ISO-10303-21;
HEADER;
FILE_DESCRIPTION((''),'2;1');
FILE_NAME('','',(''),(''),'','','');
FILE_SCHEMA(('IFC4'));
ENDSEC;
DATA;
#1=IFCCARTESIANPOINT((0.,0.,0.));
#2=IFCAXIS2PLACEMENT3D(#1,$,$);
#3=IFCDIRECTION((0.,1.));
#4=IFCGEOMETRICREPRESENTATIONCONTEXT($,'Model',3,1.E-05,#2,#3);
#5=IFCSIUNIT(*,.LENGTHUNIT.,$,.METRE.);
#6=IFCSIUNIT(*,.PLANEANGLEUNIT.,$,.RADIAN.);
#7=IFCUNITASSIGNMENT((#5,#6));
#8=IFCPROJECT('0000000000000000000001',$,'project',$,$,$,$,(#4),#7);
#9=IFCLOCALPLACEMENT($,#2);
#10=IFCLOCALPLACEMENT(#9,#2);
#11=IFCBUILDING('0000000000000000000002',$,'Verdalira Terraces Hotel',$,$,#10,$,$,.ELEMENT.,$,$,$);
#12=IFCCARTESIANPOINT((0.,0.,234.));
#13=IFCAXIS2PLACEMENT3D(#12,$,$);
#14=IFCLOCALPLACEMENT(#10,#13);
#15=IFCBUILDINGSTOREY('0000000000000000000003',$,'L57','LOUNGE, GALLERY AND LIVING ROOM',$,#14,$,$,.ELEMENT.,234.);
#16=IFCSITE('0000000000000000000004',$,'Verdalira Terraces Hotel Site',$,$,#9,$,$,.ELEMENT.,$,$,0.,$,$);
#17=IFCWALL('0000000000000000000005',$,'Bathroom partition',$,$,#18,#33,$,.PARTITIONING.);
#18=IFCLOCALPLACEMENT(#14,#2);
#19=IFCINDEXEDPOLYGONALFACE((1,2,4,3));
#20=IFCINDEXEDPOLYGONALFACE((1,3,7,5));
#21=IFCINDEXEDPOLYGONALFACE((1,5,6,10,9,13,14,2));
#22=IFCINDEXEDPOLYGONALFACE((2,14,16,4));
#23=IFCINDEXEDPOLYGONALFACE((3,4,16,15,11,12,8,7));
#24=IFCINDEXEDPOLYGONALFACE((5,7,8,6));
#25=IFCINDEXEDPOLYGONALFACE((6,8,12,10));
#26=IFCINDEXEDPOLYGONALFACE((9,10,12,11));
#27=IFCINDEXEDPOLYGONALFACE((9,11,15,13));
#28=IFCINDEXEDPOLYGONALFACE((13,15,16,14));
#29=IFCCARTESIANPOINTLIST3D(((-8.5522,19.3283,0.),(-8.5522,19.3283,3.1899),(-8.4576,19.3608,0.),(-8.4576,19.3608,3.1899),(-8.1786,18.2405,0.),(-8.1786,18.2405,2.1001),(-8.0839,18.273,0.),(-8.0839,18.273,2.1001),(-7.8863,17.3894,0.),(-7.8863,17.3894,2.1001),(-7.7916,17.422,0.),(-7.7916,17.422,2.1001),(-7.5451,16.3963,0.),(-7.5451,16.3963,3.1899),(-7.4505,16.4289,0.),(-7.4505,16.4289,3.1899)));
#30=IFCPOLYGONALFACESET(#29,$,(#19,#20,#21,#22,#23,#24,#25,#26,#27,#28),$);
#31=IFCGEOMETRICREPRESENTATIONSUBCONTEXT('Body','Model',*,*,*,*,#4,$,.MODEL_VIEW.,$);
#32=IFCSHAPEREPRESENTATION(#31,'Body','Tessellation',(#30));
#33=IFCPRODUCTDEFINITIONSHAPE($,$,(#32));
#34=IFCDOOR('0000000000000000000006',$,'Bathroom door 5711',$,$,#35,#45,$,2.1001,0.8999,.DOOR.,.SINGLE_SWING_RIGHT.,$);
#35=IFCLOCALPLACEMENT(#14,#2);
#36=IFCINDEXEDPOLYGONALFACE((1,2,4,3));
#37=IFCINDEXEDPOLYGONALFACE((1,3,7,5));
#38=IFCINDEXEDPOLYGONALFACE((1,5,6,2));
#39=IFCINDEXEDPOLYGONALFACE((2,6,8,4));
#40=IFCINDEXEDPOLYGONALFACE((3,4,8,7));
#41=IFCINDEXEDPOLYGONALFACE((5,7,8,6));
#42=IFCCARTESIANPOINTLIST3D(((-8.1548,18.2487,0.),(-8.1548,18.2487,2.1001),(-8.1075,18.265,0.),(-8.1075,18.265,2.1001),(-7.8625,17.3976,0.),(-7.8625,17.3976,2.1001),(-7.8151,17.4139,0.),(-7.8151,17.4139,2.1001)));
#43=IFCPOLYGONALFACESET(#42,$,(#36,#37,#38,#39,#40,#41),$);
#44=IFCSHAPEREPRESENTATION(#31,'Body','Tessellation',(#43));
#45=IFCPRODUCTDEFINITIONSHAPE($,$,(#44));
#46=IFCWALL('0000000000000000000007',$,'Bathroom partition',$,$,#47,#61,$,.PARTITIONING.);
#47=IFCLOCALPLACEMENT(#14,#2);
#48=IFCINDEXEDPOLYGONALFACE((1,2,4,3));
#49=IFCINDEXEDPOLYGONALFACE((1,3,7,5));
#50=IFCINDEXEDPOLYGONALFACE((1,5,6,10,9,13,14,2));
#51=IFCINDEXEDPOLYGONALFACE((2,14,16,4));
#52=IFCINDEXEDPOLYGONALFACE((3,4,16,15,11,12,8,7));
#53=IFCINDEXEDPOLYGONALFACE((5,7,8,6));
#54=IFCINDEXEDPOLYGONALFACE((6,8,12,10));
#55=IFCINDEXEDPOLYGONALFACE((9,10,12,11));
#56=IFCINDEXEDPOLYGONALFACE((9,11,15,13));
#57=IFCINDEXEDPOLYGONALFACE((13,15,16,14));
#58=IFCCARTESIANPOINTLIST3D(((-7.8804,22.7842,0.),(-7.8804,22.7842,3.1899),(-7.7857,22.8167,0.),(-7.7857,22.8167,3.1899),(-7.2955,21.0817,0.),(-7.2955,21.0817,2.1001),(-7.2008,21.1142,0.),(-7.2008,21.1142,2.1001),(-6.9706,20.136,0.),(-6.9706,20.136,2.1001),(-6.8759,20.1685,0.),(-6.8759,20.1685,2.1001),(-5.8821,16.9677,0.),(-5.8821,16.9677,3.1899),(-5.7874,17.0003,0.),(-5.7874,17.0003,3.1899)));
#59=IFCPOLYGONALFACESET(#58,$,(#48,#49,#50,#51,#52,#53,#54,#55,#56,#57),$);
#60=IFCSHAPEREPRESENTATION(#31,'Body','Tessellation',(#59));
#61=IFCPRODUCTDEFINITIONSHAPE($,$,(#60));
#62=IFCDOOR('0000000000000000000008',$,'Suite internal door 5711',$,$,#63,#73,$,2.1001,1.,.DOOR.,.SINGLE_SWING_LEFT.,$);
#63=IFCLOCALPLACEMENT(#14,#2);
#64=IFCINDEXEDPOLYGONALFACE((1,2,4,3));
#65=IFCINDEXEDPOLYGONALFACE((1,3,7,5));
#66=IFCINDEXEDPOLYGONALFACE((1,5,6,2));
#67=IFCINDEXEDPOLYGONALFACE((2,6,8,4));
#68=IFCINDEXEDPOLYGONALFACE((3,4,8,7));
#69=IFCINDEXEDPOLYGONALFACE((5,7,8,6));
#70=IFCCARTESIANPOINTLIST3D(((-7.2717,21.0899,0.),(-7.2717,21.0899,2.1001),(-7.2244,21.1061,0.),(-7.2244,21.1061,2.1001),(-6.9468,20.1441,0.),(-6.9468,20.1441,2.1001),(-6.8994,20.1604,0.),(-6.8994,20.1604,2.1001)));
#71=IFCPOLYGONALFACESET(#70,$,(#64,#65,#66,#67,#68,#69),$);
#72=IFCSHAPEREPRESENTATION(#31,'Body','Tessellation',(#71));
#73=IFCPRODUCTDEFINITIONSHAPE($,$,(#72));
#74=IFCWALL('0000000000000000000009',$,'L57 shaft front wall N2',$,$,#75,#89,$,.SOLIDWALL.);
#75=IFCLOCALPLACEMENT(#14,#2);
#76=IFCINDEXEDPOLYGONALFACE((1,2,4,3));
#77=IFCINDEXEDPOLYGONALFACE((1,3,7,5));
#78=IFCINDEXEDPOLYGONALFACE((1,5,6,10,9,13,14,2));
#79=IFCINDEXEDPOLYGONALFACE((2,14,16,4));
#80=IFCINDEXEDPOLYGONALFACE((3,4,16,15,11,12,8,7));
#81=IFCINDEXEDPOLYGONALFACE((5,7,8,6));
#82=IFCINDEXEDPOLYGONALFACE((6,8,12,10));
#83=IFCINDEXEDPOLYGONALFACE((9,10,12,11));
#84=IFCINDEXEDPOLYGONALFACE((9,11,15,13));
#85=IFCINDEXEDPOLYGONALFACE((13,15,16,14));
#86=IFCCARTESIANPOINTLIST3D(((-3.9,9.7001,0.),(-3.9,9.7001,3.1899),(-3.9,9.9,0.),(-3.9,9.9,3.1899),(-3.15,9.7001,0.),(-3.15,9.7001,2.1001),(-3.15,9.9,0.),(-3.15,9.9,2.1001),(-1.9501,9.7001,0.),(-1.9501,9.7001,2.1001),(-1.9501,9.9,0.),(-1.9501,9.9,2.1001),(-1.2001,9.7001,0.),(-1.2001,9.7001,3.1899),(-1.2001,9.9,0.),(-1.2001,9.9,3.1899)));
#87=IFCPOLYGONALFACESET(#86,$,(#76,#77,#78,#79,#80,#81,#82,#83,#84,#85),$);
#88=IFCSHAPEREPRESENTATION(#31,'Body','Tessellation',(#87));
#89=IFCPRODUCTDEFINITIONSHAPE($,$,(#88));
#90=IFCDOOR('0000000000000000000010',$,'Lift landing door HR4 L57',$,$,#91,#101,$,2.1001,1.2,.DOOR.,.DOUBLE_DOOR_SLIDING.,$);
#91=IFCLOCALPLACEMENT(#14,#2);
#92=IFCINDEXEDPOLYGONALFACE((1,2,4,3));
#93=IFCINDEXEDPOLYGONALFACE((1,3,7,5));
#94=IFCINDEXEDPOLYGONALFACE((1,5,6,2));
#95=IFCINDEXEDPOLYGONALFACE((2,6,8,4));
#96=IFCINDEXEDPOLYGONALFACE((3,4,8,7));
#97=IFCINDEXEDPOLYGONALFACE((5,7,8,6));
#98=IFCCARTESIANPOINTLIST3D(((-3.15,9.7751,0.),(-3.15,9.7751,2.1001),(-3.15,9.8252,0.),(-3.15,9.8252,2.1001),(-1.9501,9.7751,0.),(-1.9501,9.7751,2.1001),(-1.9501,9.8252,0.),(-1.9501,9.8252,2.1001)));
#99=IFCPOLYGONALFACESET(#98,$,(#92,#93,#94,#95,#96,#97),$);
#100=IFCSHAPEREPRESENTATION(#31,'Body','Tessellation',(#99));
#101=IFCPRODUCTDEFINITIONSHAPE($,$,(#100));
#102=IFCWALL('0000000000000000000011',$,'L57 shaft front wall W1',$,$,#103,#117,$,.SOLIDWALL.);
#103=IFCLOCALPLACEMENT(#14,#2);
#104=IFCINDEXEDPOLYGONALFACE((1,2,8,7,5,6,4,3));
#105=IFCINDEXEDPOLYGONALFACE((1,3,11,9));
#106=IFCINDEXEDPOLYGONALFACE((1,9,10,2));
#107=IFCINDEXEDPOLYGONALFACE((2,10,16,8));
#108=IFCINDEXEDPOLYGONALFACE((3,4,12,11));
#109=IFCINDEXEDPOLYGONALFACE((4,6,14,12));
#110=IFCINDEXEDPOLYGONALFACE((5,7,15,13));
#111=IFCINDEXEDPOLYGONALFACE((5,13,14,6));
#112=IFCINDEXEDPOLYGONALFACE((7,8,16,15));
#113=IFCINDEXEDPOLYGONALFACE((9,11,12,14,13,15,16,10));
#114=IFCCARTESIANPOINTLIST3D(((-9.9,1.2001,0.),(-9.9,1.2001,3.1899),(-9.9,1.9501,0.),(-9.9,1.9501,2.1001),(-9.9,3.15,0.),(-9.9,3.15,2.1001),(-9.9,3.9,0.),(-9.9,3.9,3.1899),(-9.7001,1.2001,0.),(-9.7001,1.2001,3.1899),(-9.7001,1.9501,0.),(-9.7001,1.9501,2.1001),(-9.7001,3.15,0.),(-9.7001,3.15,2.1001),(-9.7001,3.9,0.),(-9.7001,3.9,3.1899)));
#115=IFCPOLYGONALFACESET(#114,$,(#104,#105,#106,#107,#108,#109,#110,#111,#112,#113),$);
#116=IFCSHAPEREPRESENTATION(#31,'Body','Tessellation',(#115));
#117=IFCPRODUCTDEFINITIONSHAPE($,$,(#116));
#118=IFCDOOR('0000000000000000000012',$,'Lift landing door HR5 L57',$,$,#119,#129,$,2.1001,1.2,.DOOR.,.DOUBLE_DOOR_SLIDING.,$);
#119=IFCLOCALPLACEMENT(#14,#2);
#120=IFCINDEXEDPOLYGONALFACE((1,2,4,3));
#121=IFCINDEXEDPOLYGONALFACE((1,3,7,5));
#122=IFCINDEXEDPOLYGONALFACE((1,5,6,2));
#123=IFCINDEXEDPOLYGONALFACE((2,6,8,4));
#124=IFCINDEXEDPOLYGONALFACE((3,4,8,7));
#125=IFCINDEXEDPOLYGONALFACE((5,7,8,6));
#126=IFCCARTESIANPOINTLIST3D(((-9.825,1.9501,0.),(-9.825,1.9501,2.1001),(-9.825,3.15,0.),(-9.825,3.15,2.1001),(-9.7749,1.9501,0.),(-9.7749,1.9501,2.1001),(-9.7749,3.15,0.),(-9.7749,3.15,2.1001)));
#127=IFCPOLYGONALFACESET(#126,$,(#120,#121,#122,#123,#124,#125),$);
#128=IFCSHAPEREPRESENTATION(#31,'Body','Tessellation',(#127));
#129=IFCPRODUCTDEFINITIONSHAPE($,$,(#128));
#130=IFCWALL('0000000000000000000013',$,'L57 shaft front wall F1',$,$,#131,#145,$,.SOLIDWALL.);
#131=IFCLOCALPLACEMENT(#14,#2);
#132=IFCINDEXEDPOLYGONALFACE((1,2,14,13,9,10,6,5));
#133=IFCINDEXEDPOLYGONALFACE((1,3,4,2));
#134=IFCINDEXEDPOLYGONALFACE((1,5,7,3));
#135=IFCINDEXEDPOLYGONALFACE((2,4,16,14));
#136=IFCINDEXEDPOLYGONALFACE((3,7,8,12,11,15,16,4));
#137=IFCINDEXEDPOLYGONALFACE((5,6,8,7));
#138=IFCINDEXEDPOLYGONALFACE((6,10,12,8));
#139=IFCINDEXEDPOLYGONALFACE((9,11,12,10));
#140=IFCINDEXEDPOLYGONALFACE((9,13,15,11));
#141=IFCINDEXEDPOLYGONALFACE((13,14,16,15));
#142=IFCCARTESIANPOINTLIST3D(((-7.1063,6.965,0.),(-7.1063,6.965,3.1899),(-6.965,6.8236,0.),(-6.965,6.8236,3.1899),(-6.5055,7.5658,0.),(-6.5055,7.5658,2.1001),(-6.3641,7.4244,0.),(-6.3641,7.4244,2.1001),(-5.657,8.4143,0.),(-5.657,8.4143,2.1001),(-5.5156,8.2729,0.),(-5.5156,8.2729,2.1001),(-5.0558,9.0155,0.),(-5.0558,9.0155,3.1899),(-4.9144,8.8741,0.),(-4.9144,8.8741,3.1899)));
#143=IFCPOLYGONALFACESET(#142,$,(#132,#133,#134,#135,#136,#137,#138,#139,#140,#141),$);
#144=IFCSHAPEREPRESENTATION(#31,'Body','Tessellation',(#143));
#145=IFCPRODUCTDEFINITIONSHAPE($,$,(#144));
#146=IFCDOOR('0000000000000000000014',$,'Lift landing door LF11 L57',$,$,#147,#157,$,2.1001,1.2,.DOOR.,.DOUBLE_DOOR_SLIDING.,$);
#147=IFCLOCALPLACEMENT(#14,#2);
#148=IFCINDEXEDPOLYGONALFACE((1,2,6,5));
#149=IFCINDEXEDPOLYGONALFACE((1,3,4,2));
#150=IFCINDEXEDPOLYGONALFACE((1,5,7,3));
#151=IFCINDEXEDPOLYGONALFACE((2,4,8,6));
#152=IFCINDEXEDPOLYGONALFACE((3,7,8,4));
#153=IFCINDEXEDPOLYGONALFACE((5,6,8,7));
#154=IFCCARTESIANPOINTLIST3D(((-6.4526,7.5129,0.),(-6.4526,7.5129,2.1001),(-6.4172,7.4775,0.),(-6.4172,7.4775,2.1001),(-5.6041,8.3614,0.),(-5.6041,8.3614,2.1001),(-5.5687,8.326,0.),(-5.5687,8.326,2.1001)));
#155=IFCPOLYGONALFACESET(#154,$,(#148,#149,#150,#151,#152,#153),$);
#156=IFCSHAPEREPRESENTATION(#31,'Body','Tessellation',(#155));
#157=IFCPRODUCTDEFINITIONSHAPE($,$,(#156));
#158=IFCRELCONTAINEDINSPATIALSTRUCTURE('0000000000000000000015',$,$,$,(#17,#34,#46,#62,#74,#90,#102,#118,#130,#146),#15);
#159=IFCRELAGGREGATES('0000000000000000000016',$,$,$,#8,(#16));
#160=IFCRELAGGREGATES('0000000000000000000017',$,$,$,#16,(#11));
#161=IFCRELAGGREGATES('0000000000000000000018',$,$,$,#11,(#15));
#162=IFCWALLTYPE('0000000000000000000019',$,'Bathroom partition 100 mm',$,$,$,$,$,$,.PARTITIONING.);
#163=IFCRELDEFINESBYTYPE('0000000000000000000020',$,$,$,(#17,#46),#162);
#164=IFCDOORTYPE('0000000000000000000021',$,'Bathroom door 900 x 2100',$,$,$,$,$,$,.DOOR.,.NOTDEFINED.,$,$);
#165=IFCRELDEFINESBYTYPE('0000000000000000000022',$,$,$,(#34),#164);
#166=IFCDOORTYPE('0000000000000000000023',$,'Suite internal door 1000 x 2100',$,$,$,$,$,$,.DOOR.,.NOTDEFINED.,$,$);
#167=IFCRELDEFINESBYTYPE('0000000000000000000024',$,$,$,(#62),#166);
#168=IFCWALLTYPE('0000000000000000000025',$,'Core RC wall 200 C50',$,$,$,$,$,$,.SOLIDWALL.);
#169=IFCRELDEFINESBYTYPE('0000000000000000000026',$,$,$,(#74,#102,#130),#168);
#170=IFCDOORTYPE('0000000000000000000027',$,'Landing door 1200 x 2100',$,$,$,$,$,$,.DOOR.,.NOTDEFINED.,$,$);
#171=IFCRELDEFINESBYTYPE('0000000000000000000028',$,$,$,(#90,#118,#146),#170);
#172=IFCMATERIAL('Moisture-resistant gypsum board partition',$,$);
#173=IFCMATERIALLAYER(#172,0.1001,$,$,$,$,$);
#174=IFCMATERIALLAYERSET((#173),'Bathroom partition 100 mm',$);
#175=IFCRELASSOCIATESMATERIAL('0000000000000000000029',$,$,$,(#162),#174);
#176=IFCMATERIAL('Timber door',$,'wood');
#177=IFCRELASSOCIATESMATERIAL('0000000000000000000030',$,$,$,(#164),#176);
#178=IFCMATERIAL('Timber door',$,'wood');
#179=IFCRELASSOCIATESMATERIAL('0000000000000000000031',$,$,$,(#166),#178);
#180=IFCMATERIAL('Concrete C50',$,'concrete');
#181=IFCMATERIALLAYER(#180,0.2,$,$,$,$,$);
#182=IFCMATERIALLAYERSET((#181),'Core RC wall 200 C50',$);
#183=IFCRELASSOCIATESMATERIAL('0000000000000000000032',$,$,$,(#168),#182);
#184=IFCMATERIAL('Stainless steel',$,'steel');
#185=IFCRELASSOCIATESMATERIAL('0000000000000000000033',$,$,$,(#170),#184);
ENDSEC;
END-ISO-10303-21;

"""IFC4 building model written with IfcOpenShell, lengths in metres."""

from ifc_helpers import new_model, si_unit, direction, frame, frame_2d, origin, place, context, subcontext, project, spatial, rectangle, extrude, material, layer, layer_set, type_object, element, fill, save


model = new_model("IFC4")

# Units and contexts
model_context = context("Model", 3, precision=1e-05, world=origin(), true_north=direction((0.0, 1.0)))
body_context = subcontext(model_context, "Body", "Model", "MODEL_VIEW")
ifc_project = project(units=[si_unit("LENGTHUNIT", "METRE"), si_unit("PLANEANGLEUNIT", "RADIAN")], contexts=[model_context])

# Site, building, storey
site_placement = place(None, origin())
site = spatial("IfcSite", under=ifc_project, at=site_placement, Name="Verdalira Terraces Hotel Site", CompositionType="ELEMENT", RefElevation=0.0)
building_placement = place(site_placement, origin())
building = spatial("IfcBuilding", under=site, at=building_placement, Name="Verdalira Terraces Hotel", CompositionType="ELEMENT")
storey_placement = place(building_placement, frame((0.0, 0.0, 234.0)))
storey = spatial("IfcBuildingStorey", under=building, at=storey_placement, Name="L57", Description="LOUNGE, GALLERY AND LIVING ROOM", CompositionType="ELEMENT", Elevation=234.0)

# Walls, openings, doors
ifc_material_1 = material(Name="Moisture-resistant gypsum board partition")
ifc_layer_1 = layer(ifc_material_1, 0.1001)
ifc_layer_set_1 = layer_set([ifc_layer_1], Name="Bathroom partition 100 mm")
wall_type_1 = type_object("IfcWallType", Name="Bathroom partition 100 mm", PredefinedType="PARTITIONING", material=ifc_layer_set_1)
wall_1_placement = place(storey_placement, frame((-7.4978, 16.4126, 0.0), z_axis=(0.0, 0.0, 1.0), x_axis=(-0.324862, 0.945761, 0.0)))
wall_1 = element("IfcWall", 1, at=wall_1_placement, inside=storey, type_object=wall_type_1, Name="Bathroom partition", PredefinedType="PARTITIONING", context=body_context, shape_type="SweptSolid", body=[
    extrude(rectangle(XDim=3.1001, YDim=0.1001, at=frame_2d((1.55, 0.0))), origin(), (0.0, 0.0, 1.0), 3.1899),
])
opening_1_placement = place(wall_1_placement, frame((1.05, 0.0, 0.0)))
opening_1 = element("IfcOpeningElement", 2, at=opening_1_placement, cuts=wall_1, PredefinedType="OPENING", context=body_context, shape_type="SweptSolid", body=[
    extrude(rectangle(XDim=0.8999, YDim=2.1001, at=frame_2d((0.45, 1.05))), frame((0.0, 0.0601, 0.0), z_axis=(0.0, -1.0, 0.0), x_axis=(1.0, 0.0, 0.0)), (0.0, 0.0, 1.0), 0.1201),
])
ifc_material_2 = material(Name="Timber door", Category="wood")
door_type_1 = type_object("IfcDoorType", Name="Bathroom door 900 x 2100", OperationType="NOTDEFINED", PredefinedType="DOOR", material=ifc_material_2)
door_1_placement = place(opening_1_placement, origin())
door_1 = element("IfcDoor", 3, at=door_1_placement, inside=storey, type_object=door_type_1, Name="Bathroom door 5711", OperationType="SINGLE_SWING_RIGHT", OverallHeight=2.1001, OverallWidth=0.8999, PredefinedType="DOOR", context=body_context, shape_type="SweptSolid", body=[
    extrude(rectangle(XDim=0.8999, YDim=2.1001, at=frame_2d((0.45, 1.05))), frame((0.0, 0.0249, 0.0), z_axis=(0.0, -1.0, 0.0), x_axis=(1.0, 0.0, 0.0)), (0.0, 0.0, 1.0), 0.05),
])
fill(opening_1, door_1)
wall_2_placement = place(storey_placement, frame((-5.8347, 16.9839, 0.0), z_axis=(0.0, 0.0, 1.0), x_axis=(-0.32492, 0.945742, 0.0)))
wall_2 = element("IfcWall", 4, at=wall_2_placement, inside=storey, type_object=wall_type_1, Name="Bathroom partition", PredefinedType="PARTITIONING", context=body_context, shape_type="SweptSolid", body=[
    extrude(rectangle(XDim=6.1501, YDim=0.1001, at=frame_2d((3.0752, 0.0))), origin(), (0.0, 0.0, 1.0), 3.1899),
])
opening_2_placement = place(wall_2_placement, frame((3.3501, 0.0, 0.0)))
opening_2 = element("IfcOpeningElement", 5, at=opening_2_placement, cuts=wall_2, PredefinedType="OPENING", context=body_context, shape_type="SweptSolid", body=[
    extrude(rectangle(XDim=1.0, YDim=2.1001, at=frame_2d((0.5, 1.05))), frame((0.0, 0.0601, 0.0), z_axis=(0.0, -1.0, 0.0), x_axis=(1.0, 0.0, 0.0)), (0.0, 0.0, 1.0), 0.1201),
])
ifc_material_3 = material(Name="Timber door", Category="wood")
door_type_2 = type_object("IfcDoorType", Name="Suite internal door 1000 x 2100", OperationType="NOTDEFINED", PredefinedType="DOOR", material=ifc_material_3)
door_2_placement = place(opening_2_placement, origin())
door_2 = element("IfcDoor", 6, at=door_2_placement, inside=storey, type_object=door_type_2, Name="Suite internal door 5711", OperationType="SINGLE_SWING_LEFT", OverallHeight=2.1001, OverallWidth=1.0, PredefinedType="DOOR", context=body_context, shape_type="SweptSolid", body=[
    extrude(rectangle(XDim=1.0, YDim=2.1001, at=frame_2d((0.5, 1.05))), frame((0.0, 0.0249, 0.0), z_axis=(0.0, -1.0, 0.0), x_axis=(1.0, 0.0, 0.0)), (0.0, 0.0, 1.0), 0.05),
])
fill(opening_2, door_2)
ifc_material_4 = material(Name="Concrete C50", Category="concrete")
ifc_layer_2 = layer(ifc_material_4, 0.2)
ifc_layer_set_2 = layer_set([ifc_layer_2], Name="Core RC wall 200 C50")
wall_type_2 = type_object("IfcWallType", Name="Core RC wall 200 C50", PredefinedType="SOLIDWALL", material=ifc_layer_set_2)
wall_3_placement = place(storey_placement, frame((-1.2, 9.8, 0.0), z_axis=(0.0, 0.0, 1.0), x_axis=(-1.0, 0.0, 0.0)))
wall_3 = element("IfcWall", 7, at=wall_3_placement, inside=storey, type_object=wall_type_2, Name="L57 shaft front wall N2", PredefinedType="SOLIDWALL", context=body_context, shape_type="SweptSolid", body=[
    extrude(rectangle(XDim=2.7, YDim=0.2, at=frame_2d((1.3501, 0.0))), origin(), (0.0, 0.0, 1.0), 3.1899),
])
opening_3_placement = place(wall_3_placement, frame((0.75, 0.0, 0.0)))
opening_3 = element("IfcOpeningElement", 8, at=opening_3_placement, cuts=wall_3, PredefinedType="OPENING", context=body_context, shape_type="SweptSolid", body=[
    extrude(rectangle(XDim=1.2, YDim=2.1001, at=frame_2d((0.6001, 1.05))), frame((0.0, 0.1099, 0.0), z_axis=(0.0, -1.0, 0.0), x_axis=(1.0, 0.0, 0.0)), (0.0, 0.0, 1.0), 0.22),
])
ifc_material_5 = material(Name="Stainless steel", Category="steel")
door_type_3 = type_object("IfcDoorType", Name="Landing door 1200 x 2100", OperationType="NOTDEFINED", PredefinedType="DOOR", material=ifc_material_5)
door_3_placement = place(opening_3_placement, origin())
door_3 = element("IfcDoor", 9, at=door_3_placement, inside=storey, type_object=door_type_3, Name="Lift landing door HR4 L57", OperationType="DOUBLE_DOOR_SLIDING", OverallHeight=2.1001, OverallWidth=1.2, PredefinedType="DOOR", context=body_context, shape_type="SweptSolid", body=[
    extrude(rectangle(XDim=1.2, YDim=2.1001, at=frame_2d((0.6001, 1.05))), frame((0.0, 0.0249, 0.0), z_axis=(0.0, -1.0, 0.0), x_axis=(1.0, 0.0, 0.0)), (0.0, 0.0, 1.0), 0.05),
])
fill(opening_3, door_3)
wall_4_placement = place(storey_placement, frame((-9.8, 1.2, 0.0), z_axis=(0.0, 0.0, 1.0), x_axis=(0.0, 1.0, 0.0)))
wall_4 = element("IfcWall", 10, at=wall_4_placement, inside=storey, type_object=wall_type_2, Name="L57 shaft front wall W1", PredefinedType="SOLIDWALL", context=body_context, shape_type="SweptSolid", body=[
    extrude(rectangle(XDim=2.7, YDim=0.2, at=frame_2d((1.3501, 0.0))), origin(), (0.0, 0.0, 1.0), 3.1899),
])
opening_4_placement = place(wall_4_placement, frame((0.75, 0.0, 0.0)))
opening_4 = element("IfcOpeningElement", 11, at=opening_4_placement, cuts=wall_4, PredefinedType="OPENING", context=body_context, shape_type="SweptSolid", body=[
    extrude(rectangle(XDim=1.2, YDim=2.1001, at=frame_2d((0.6001, 1.05))), frame((0.0, 0.1099, 0.0), z_axis=(0.0, -1.0, 0.0), x_axis=(1.0, 0.0, 0.0)), (0.0, 0.0, 1.0), 0.22),
])
door_4_placement = place(opening_4_placement, origin())
door_4 = element("IfcDoor", 12, at=door_4_placement, inside=storey, type_object=door_type_3, Name="Lift landing door HR5 L57", OperationType="DOUBLE_DOOR_SLIDING", OverallHeight=2.1001, OverallWidth=1.2, PredefinedType="DOOR", context=body_context, shape_type="SweptSolid", body=[
    extrude(rectangle(XDim=1.2, YDim=2.1001, at=frame_2d((0.6001, 1.05))), frame((0.0, 0.0249, 0.0), z_axis=(0.0, -1.0, 0.0), x_axis=(1.0, 0.0, 0.0)), (0.0, 0.0, 1.0), 0.05),
])
fill(opening_4, door_4)
wall_5_placement = place(storey_placement, frame((-4.9851, 8.9448, 0.0), z_axis=(0.0, 0.0, 1.0), x_axis=(-0.707107, -0.707107, 0.0)))
wall_5 = element("IfcWall", 13, at=wall_5_placement, inside=storey, type_object=wall_type_2, Name="L57 shaft front wall F1", PredefinedType="SOLIDWALL", context=body_context, shape_type="SweptSolid", body=[
    extrude(rectangle(XDim=2.8999, YDim=0.2, at=frame_2d((1.45, 0.0))), origin(), (0.0, 0.0, 1.0), 3.1899),
])
opening_5_placement = place(wall_5_placement, frame((0.8501, 0.0, 0.0)))
opening_5 = element("IfcOpeningElement", 14, at=opening_5_placement, cuts=wall_5, PredefinedType="OPENING", context=body_context, shape_type="SweptSolid", body=[
    extrude(rectangle(XDim=1.2, YDim=2.1001, at=frame_2d((0.6001, 1.05))), frame((0.0, 0.1099, 0.0), z_axis=(0.0, -1.0, 0.0), x_axis=(1.0, 0.0, 0.0)), (0.0, 0.0, 1.0), 0.22),
])
door_5_placement = place(opening_5_placement, origin())
door_5 = element("IfcDoor", 15, at=door_5_placement, inside=storey, type_object=door_type_3, Name="Lift landing door LF11 L57", OperationType="DOUBLE_DOOR_SLIDING", OverallHeight=2.1001, OverallWidth=1.2, PredefinedType="DOOR", context=body_context, shape_type="SweptSolid", body=[
    extrude(rectangle(XDim=1.2, YDim=2.1001, at=frame_2d((0.6001, 1.05))), frame((0.0, 0.0249, 0.0), z_axis=(0.0, -1.0, 0.0), x_axis=(1.0, 0.0, 0.0)), (0.0, 0.0, 1.0), 0.05),
])
fill(opening_5, door_5)

save(model, "model.ifc")
